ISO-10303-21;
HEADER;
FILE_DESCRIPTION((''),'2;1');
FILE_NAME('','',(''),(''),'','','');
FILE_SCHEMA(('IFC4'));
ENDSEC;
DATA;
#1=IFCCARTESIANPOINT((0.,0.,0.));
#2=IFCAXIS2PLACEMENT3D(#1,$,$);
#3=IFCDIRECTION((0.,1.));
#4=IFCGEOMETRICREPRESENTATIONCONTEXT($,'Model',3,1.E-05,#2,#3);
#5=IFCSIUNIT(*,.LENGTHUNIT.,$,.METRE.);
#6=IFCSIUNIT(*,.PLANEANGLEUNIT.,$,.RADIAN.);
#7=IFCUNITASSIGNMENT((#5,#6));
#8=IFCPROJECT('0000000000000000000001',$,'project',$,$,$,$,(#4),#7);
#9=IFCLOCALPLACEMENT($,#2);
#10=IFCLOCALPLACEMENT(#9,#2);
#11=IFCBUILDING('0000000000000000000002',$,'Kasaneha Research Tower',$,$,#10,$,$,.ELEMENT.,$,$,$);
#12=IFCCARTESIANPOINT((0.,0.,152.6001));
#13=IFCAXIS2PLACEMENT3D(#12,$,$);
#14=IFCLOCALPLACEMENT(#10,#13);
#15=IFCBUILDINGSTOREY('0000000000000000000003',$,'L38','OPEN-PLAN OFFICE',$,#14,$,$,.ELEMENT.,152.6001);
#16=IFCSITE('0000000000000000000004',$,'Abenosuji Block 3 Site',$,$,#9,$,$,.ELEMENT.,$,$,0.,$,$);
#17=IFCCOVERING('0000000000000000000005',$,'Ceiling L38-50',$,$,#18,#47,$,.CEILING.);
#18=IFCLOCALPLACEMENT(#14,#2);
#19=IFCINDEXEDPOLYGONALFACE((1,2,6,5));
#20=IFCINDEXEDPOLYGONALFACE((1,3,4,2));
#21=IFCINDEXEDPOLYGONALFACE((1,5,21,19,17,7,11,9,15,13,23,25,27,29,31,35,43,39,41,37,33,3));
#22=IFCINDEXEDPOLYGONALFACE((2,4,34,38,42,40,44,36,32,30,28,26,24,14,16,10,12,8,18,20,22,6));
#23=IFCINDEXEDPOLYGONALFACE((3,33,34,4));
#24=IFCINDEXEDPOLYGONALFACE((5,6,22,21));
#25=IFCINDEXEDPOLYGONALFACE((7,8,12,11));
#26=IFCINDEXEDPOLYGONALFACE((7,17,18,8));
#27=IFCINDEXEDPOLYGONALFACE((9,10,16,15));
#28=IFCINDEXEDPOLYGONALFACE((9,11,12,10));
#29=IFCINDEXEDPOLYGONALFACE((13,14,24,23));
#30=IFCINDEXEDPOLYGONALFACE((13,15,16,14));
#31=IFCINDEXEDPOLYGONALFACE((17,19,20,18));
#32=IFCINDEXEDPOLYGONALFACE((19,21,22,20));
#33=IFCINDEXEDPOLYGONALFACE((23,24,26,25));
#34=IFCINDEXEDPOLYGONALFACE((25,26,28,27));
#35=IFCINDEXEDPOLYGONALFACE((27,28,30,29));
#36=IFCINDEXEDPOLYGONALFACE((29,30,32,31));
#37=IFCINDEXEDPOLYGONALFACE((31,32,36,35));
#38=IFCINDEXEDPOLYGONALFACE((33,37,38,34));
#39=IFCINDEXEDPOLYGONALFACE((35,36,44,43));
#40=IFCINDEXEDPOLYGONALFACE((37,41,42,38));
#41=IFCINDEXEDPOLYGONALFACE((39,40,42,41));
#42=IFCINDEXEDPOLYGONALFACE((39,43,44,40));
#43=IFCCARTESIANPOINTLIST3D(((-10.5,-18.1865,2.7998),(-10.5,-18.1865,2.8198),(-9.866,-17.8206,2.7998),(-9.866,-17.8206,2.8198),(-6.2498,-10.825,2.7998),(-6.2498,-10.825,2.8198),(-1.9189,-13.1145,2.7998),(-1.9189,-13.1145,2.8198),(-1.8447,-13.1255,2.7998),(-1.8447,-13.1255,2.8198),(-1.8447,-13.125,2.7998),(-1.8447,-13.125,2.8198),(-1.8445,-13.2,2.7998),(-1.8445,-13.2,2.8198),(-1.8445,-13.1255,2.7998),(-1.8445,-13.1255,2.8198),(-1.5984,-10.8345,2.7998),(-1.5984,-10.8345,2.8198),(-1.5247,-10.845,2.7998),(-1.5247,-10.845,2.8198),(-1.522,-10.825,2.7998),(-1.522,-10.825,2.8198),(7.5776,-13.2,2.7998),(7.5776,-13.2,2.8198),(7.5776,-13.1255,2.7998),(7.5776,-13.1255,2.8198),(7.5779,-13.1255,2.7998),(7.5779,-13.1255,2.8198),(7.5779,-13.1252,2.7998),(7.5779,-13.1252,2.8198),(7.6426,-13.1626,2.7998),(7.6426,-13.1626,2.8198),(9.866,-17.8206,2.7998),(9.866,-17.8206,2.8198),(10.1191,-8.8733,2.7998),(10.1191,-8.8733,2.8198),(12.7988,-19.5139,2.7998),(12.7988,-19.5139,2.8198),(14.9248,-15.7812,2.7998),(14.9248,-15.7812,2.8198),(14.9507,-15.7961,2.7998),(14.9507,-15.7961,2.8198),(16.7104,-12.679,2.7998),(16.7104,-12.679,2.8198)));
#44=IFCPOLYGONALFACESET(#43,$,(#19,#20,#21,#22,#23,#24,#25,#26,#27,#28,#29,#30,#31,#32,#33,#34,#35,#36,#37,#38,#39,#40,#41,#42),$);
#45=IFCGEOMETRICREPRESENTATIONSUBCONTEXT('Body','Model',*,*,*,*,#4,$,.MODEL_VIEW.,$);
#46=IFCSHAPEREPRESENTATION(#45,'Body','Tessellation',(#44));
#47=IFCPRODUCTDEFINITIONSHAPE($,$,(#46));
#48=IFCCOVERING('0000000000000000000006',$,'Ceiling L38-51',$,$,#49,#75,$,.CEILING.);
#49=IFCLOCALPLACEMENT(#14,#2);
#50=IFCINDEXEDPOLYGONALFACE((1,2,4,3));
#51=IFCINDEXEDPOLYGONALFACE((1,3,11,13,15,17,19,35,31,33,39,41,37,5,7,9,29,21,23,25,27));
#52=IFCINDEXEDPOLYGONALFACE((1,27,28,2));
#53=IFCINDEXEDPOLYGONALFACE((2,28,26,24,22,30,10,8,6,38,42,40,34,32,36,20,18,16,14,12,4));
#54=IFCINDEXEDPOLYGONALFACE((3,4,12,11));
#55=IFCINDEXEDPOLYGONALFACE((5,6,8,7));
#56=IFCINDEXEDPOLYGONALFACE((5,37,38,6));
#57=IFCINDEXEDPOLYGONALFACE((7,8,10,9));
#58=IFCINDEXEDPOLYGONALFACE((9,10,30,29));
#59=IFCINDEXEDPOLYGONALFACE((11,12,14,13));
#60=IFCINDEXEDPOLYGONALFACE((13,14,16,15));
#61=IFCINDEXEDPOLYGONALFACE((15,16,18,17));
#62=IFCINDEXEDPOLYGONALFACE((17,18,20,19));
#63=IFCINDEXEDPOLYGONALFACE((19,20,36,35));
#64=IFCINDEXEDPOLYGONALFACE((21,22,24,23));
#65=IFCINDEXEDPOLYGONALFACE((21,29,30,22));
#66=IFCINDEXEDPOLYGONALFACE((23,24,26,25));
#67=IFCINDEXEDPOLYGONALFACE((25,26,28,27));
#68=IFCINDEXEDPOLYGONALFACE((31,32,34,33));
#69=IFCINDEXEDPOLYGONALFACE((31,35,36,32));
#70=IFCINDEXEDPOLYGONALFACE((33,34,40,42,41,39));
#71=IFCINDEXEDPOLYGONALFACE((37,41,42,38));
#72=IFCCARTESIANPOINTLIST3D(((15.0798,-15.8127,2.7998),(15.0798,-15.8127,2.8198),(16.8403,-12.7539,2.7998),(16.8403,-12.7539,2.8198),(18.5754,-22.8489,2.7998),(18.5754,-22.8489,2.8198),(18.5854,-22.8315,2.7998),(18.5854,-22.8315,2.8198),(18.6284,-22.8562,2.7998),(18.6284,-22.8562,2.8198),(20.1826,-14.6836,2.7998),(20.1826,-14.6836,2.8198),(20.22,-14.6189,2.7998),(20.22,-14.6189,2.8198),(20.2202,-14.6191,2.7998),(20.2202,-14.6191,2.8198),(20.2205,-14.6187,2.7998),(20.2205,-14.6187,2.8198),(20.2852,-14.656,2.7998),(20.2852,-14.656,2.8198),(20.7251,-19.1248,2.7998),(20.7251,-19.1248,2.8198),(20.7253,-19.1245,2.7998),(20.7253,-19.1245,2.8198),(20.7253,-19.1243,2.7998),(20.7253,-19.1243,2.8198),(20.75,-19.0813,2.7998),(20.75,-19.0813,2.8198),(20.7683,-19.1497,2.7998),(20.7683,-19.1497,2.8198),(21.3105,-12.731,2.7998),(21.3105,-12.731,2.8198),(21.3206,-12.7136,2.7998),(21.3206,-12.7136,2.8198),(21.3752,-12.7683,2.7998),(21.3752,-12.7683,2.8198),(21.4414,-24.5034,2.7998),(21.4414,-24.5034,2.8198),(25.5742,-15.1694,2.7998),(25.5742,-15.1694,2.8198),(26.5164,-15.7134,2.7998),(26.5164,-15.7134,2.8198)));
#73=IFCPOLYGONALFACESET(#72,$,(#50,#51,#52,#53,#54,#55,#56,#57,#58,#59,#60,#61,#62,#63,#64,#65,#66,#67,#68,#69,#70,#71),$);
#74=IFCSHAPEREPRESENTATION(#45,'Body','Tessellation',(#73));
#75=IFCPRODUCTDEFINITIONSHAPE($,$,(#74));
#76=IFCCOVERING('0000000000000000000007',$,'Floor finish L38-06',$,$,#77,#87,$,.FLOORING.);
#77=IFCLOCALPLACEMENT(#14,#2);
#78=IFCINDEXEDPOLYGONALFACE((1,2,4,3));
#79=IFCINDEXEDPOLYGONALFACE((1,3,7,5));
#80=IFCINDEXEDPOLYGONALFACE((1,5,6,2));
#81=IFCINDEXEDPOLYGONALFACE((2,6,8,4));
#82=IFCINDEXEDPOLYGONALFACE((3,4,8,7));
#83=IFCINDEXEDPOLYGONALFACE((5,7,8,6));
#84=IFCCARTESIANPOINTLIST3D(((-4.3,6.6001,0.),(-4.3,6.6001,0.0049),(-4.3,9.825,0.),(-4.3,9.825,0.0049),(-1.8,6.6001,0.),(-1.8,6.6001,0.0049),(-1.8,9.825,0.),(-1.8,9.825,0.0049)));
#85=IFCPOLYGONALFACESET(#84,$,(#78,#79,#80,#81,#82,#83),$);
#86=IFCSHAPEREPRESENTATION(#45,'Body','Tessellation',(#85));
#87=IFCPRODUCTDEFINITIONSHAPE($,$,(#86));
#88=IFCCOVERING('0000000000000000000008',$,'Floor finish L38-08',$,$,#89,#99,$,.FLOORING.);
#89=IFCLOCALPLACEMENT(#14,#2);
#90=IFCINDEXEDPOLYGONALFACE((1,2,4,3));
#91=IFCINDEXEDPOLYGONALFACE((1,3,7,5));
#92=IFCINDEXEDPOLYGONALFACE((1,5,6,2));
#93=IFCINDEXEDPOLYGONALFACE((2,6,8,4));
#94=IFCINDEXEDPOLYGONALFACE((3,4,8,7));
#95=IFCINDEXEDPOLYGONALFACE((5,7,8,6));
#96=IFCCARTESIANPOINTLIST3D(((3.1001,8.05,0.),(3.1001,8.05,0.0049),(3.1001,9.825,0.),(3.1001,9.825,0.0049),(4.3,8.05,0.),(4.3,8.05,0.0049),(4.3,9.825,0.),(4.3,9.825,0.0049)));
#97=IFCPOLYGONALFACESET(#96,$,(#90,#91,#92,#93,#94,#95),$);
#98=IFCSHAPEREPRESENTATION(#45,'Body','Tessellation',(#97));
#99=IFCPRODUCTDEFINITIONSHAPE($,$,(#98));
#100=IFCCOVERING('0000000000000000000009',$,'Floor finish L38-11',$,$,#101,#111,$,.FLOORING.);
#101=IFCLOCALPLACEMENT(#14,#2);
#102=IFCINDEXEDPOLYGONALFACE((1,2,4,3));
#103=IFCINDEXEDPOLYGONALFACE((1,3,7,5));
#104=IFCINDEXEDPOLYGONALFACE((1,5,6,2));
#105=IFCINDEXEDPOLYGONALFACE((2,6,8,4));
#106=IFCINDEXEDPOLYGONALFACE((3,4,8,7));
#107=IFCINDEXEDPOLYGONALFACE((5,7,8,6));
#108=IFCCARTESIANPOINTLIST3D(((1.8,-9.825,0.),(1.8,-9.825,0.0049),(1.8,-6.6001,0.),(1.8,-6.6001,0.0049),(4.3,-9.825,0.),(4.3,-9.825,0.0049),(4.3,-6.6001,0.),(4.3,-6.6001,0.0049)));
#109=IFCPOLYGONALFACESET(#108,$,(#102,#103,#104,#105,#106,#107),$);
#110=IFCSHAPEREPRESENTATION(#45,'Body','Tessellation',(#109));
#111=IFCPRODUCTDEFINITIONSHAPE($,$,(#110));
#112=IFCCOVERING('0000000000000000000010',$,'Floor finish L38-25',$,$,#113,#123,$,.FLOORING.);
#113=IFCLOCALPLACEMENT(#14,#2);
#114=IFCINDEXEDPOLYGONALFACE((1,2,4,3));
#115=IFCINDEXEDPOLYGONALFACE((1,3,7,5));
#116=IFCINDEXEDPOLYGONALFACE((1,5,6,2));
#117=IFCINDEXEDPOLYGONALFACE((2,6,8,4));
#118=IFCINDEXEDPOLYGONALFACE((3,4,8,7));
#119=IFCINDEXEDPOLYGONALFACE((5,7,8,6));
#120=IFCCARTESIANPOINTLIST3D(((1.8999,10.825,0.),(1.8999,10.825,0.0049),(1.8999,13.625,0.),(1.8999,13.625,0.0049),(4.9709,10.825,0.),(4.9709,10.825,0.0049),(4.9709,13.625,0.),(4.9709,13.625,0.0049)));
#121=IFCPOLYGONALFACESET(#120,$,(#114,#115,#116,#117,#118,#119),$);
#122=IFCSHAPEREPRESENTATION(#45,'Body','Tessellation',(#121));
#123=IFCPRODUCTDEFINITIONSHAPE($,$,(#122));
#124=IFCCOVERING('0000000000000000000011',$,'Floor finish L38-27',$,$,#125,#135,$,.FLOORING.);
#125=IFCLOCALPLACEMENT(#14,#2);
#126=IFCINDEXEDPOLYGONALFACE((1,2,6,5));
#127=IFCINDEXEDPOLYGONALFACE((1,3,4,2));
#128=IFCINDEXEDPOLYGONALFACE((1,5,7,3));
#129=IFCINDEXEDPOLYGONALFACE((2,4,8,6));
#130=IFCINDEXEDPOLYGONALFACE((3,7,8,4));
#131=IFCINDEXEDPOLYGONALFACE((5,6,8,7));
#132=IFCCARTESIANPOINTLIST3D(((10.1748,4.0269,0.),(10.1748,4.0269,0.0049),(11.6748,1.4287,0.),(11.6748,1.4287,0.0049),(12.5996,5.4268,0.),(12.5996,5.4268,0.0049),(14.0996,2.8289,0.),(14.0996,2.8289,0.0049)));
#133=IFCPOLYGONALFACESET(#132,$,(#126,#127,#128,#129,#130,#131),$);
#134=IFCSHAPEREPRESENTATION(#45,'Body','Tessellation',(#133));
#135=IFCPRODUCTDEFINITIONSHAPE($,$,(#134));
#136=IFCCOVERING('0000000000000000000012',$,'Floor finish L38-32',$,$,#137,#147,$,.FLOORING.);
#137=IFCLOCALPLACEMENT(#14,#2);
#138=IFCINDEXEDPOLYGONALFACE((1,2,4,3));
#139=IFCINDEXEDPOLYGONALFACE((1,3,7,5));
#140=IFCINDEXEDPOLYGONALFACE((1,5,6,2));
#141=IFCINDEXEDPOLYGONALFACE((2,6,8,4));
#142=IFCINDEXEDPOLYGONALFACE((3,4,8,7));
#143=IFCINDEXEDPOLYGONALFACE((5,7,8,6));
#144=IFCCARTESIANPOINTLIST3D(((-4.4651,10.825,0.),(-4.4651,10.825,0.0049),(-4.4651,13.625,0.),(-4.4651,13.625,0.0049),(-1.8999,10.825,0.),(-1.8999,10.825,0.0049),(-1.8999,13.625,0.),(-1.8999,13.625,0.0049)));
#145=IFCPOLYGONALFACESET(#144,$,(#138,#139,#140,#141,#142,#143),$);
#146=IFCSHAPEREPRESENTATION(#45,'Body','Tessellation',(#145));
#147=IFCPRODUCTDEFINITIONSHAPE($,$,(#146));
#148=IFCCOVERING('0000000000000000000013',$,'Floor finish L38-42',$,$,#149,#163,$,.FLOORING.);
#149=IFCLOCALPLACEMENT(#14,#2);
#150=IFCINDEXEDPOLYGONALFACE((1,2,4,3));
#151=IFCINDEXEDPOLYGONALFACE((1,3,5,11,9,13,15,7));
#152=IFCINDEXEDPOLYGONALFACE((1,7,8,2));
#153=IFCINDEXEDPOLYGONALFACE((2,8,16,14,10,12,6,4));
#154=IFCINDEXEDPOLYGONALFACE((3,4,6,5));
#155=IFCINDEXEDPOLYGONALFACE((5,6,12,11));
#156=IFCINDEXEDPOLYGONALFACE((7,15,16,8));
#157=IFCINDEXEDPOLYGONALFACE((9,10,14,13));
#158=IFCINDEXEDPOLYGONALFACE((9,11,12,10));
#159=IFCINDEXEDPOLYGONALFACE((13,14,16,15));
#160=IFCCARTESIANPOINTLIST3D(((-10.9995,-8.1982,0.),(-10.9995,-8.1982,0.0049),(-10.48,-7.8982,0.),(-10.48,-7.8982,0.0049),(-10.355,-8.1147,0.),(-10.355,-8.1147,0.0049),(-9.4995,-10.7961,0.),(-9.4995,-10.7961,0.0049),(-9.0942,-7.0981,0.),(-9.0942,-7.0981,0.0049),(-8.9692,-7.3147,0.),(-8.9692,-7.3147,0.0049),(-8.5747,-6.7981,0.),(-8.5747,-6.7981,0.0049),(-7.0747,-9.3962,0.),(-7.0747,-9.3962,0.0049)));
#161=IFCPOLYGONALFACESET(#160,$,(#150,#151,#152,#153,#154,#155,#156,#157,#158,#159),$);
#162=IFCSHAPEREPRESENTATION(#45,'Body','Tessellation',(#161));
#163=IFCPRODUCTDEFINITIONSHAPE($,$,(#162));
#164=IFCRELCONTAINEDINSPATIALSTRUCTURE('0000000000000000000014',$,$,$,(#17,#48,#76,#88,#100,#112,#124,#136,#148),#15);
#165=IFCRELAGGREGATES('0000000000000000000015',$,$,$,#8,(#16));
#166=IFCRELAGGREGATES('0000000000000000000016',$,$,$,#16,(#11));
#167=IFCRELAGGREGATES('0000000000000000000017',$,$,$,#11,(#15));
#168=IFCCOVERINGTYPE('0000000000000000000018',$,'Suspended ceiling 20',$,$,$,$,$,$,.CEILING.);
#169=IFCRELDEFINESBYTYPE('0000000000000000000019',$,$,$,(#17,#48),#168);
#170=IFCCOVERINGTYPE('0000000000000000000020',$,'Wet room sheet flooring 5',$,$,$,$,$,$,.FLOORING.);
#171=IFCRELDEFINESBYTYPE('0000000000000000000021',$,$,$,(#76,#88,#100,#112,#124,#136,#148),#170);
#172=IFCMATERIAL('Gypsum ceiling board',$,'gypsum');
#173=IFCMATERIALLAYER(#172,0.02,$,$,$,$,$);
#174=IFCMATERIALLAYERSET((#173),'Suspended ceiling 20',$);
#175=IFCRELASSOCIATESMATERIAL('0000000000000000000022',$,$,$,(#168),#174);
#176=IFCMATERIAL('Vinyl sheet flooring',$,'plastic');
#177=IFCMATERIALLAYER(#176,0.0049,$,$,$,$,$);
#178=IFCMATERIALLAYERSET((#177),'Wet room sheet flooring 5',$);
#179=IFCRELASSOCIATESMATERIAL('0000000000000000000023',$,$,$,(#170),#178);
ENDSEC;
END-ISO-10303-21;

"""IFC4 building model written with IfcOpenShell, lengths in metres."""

from ifc_helpers import new_model, si_unit, direction, frame, origin, place, context, subcontext, project, spatial, polyline, outline, extrude, material, layer, layer_set, type_object, element, save


model = new_model("IFC4")

# Units and contexts
model_context = context("Model", 3, precision=1e-05, world=origin(), true_north=direction((0.0, 1.0)))
body_context = subcontext(model_context, "Body", "Model", "MODEL_VIEW")
ifc_project = project(units=[si_unit("LENGTHUNIT", "METRE"), si_unit("PLANEANGLEUNIT", "RADIAN")], contexts=[model_context])

# Site, building, storey
site_placement = place(None, origin())
site = spatial("IfcSite", under=ifc_project, at=site_placement, Name="Abenosuji Block 3 Site", CompositionType="ELEMENT", RefElevation=0.0)
building_placement = place(site_placement, origin())
building = spatial("IfcBuilding", under=site, at=building_placement, Name="Kasaneha Research Tower", CompositionType="ELEMENT")
storey_placement = place(building_placement, frame((0.0, 0.0, 152.6001)))
storey = spatial("IfcBuildingStorey", under=building, at=storey_placement, Name="L38", Description="OPEN-PLAN OFFICE", CompositionType="ELEMENT", Elevation=152.6001)

# Coverings
ifc_material_1 = material(Name="Gypsum ceiling board", Category="gypsum")
ifc_layer_1 = layer(ifc_material_1, 0.02)
ifc_layer_set_1 = layer_set([ifc_layer_1], Name="Suspended ceiling 20")
covering_type_1 = type_object("IfcCoveringType", Name="Suspended ceiling 20", PredefinedType="CEILING", material=ifc_layer_set_1)
covering_1_placement = place(storey_placement, frame((0.0, 0.0, 2.7998)))
element("IfcCovering", 1, at=covering_1_placement, inside=storey, type_object=covering_type_1, Name="Ceiling L38-50", PredefinedType="CEILING", context=body_context, shape_type="SweptSolid", body=[
    extrude(outline(polyline([(-6.2498, -10.825), (-1.522, -10.825), (-1.5247, -10.845), (-1.5984, -10.8345), (-1.9189, -13.1145), (-1.8447, -13.125), (-1.8447, -13.1255), (-1.8445, -13.1255), (-1.8445, -13.2), (7.5776, -13.2), (7.5776, -13.1255), (7.5779, -13.1255), (7.5779, -13.1252), (7.6426, -13.1626), (10.1191, -8.8733), (16.7104, -12.679), (14.9248, -15.7812), (14.9507, -15.7961), (12.7988, -19.5139), (9.866, -17.8206), (-9.866, -17.8206), (-10.5, -18.1865), (-6.2498, -10.825)])), origin(), (0.0, 0.0, 1.0), 0.02),
])
covering_2_placement = place(storey_placement, frame((0.0, 0.0, 2.7998)))
element("IfcCovering", 2, at=covering_2_placement, inside=storey, type_object=covering_type_1, Name="Ceiling L38-51", PredefinedType="CEILING", context=body_context, shape_type="SweptSolid", body=[
    extrude(outline(polyline([(20.2205, -14.6187), (20.2852, -14.656), (21.3752, -12.7683), (21.3105, -12.731), (21.3206, -12.7136), (25.5742, -15.1694), (26.5164, -15.7134), (21.4414, -24.5034), (18.5754, -22.8489), (18.5854, -22.8315), (18.6284, -22.8562), (20.7683, -19.1497), (20.7251, -19.1248), (20.7253, -19.1245), (20.7253, -19.1243), (20.75, -19.0813), (15.0798, -15.8127), (16.8403, -12.7539), (20.1826, -14.6836), (20.22, -14.6189), (20.2202, -14.6191), (20.2205, -14.6187)])), origin(), (0.0, 0.0, 1.0), 0.02),
])
ifc_material_2 = material(Name="Vinyl sheet flooring", Category="plastic")
ifc_layer_2 = layer(ifc_material_2, 0.0049)
ifc_layer_set_2 = layer_set([ifc_layer_2], Name="Wet room sheet flooring 5")
covering_type_2 = type_object("IfcCoveringType", Name="Wet room sheet flooring 5", PredefinedType="FLOORING", material=ifc_layer_set_2)
covering_3_placement = place(storey_placement, origin())
element("IfcCovering", 3, at=covering_3_placement, inside=storey, type_object=covering_type_2, Name="Floor finish L38-06", PredefinedType="FLOORING", context=body_context, shape_type="SweptSolid", body=[
    extrude(outline(polyline([(-1.8, 9.825), (-1.8, 6.6001), (-4.3, 6.6001), (-4.3, 9.825), (-1.8, 9.825)])), origin(), (0.0, 0.0, 1.0), 0.0049),
])
covering_4_placement = place(storey_placement, origin())
element("IfcCovering", 4, at=covering_4_placement, inside=storey, type_object=covering_type_2, Name="Floor finish L38-08", PredefinedType="FLOORING", context=body_context, shape_type="SweptSolid", body=[
    extrude(outline(polyline([(4.3, 8.05), (3.1001, 8.05), (3.1001, 9.825), (4.3, 9.825), (4.3, 8.05)])), origin(), (0.0, 0.0, 1.0), 0.0049),
])
covering_5_placement = place(storey_placement, origin())
element("IfcCovering", 5, at=covering_5_placement, inside=storey, type_object=covering_type_2, Name="Floor finish L38-11", PredefinedType="FLOORING", context=body_context, shape_type="SweptSolid", body=[
    extrude(outline(polyline([(1.8, -9.825), (1.8, -6.6001), (4.3, -6.6001), (4.3, -9.825), (1.8, -9.825)])), origin(), (0.0, 0.0, 1.0), 0.0049),
])
covering_6_placement = place(storey_placement, origin())
element("IfcCovering", 6, at=covering_6_placement, inside=storey, type_object=covering_type_2, Name="Floor finish L38-25", PredefinedType="FLOORING", context=body_context, shape_type="SweptSolid", body=[
    extrude(outline(polyline([(4.9709, 13.625), (4.9709, 10.825), (1.8999, 10.825), (1.8999, 13.625), (4.9709, 13.625)])), origin(), (0.0, 0.0, 1.0), 0.0049),
])
covering_7_placement = place(storey_placement, origin())
element("IfcCovering", 7, at=covering_7_placement, inside=storey, type_object=covering_type_2, Name="Floor finish L38-27", PredefinedType="FLOORING", context=body_context, shape_type="SweptSolid", body=[
    extrude(outline(polyline([(14.0996, 2.8289), (11.6748, 1.4287), (10.1748, 4.0269), (12.5996, 5.4268), (14.0996, 2.8289)])), origin(), (0.0, 0.0, 1.0), 0.0049),
])
covering_8_placement = place(storey_placement, origin())
element("IfcCovering", 8, at=covering_8_placement, inside=storey, type_object=covering_type_2, Name="Floor finish L38-32", PredefinedType="FLOORING", context=body_context, shape_type="SweptSolid", body=[
    extrude(outline(polyline([(-1.8999, 13.625), (-1.8999, 10.825), (-4.4651, 10.825), (-4.4651, 13.625), (-1.8999, 13.625)])), origin(), (0.0, 0.0, 1.0), 0.0049),
])
covering_9_placement = place(storey_placement, origin())
element("IfcCovering", 9, at=covering_9_placement, inside=storey, type_object=covering_type_2, Name="Floor finish L38-42", PredefinedType="FLOORING", context=body_context, shape_type="SweptSolid", body=[
    extrude(outline(polyline([(-10.9995, -8.1982), (-10.48, -7.8982), (-10.355, -8.1147), (-8.9692, -7.3147), (-9.0942, -7.0981), (-8.5747, -6.7981), (-7.0747, -9.3962), (-9.4995, -10.7961), (-10.9995, -8.1982)])), origin(), (0.0, 0.0, 1.0), 0.0049),
])

save(model, "model.ifc")
